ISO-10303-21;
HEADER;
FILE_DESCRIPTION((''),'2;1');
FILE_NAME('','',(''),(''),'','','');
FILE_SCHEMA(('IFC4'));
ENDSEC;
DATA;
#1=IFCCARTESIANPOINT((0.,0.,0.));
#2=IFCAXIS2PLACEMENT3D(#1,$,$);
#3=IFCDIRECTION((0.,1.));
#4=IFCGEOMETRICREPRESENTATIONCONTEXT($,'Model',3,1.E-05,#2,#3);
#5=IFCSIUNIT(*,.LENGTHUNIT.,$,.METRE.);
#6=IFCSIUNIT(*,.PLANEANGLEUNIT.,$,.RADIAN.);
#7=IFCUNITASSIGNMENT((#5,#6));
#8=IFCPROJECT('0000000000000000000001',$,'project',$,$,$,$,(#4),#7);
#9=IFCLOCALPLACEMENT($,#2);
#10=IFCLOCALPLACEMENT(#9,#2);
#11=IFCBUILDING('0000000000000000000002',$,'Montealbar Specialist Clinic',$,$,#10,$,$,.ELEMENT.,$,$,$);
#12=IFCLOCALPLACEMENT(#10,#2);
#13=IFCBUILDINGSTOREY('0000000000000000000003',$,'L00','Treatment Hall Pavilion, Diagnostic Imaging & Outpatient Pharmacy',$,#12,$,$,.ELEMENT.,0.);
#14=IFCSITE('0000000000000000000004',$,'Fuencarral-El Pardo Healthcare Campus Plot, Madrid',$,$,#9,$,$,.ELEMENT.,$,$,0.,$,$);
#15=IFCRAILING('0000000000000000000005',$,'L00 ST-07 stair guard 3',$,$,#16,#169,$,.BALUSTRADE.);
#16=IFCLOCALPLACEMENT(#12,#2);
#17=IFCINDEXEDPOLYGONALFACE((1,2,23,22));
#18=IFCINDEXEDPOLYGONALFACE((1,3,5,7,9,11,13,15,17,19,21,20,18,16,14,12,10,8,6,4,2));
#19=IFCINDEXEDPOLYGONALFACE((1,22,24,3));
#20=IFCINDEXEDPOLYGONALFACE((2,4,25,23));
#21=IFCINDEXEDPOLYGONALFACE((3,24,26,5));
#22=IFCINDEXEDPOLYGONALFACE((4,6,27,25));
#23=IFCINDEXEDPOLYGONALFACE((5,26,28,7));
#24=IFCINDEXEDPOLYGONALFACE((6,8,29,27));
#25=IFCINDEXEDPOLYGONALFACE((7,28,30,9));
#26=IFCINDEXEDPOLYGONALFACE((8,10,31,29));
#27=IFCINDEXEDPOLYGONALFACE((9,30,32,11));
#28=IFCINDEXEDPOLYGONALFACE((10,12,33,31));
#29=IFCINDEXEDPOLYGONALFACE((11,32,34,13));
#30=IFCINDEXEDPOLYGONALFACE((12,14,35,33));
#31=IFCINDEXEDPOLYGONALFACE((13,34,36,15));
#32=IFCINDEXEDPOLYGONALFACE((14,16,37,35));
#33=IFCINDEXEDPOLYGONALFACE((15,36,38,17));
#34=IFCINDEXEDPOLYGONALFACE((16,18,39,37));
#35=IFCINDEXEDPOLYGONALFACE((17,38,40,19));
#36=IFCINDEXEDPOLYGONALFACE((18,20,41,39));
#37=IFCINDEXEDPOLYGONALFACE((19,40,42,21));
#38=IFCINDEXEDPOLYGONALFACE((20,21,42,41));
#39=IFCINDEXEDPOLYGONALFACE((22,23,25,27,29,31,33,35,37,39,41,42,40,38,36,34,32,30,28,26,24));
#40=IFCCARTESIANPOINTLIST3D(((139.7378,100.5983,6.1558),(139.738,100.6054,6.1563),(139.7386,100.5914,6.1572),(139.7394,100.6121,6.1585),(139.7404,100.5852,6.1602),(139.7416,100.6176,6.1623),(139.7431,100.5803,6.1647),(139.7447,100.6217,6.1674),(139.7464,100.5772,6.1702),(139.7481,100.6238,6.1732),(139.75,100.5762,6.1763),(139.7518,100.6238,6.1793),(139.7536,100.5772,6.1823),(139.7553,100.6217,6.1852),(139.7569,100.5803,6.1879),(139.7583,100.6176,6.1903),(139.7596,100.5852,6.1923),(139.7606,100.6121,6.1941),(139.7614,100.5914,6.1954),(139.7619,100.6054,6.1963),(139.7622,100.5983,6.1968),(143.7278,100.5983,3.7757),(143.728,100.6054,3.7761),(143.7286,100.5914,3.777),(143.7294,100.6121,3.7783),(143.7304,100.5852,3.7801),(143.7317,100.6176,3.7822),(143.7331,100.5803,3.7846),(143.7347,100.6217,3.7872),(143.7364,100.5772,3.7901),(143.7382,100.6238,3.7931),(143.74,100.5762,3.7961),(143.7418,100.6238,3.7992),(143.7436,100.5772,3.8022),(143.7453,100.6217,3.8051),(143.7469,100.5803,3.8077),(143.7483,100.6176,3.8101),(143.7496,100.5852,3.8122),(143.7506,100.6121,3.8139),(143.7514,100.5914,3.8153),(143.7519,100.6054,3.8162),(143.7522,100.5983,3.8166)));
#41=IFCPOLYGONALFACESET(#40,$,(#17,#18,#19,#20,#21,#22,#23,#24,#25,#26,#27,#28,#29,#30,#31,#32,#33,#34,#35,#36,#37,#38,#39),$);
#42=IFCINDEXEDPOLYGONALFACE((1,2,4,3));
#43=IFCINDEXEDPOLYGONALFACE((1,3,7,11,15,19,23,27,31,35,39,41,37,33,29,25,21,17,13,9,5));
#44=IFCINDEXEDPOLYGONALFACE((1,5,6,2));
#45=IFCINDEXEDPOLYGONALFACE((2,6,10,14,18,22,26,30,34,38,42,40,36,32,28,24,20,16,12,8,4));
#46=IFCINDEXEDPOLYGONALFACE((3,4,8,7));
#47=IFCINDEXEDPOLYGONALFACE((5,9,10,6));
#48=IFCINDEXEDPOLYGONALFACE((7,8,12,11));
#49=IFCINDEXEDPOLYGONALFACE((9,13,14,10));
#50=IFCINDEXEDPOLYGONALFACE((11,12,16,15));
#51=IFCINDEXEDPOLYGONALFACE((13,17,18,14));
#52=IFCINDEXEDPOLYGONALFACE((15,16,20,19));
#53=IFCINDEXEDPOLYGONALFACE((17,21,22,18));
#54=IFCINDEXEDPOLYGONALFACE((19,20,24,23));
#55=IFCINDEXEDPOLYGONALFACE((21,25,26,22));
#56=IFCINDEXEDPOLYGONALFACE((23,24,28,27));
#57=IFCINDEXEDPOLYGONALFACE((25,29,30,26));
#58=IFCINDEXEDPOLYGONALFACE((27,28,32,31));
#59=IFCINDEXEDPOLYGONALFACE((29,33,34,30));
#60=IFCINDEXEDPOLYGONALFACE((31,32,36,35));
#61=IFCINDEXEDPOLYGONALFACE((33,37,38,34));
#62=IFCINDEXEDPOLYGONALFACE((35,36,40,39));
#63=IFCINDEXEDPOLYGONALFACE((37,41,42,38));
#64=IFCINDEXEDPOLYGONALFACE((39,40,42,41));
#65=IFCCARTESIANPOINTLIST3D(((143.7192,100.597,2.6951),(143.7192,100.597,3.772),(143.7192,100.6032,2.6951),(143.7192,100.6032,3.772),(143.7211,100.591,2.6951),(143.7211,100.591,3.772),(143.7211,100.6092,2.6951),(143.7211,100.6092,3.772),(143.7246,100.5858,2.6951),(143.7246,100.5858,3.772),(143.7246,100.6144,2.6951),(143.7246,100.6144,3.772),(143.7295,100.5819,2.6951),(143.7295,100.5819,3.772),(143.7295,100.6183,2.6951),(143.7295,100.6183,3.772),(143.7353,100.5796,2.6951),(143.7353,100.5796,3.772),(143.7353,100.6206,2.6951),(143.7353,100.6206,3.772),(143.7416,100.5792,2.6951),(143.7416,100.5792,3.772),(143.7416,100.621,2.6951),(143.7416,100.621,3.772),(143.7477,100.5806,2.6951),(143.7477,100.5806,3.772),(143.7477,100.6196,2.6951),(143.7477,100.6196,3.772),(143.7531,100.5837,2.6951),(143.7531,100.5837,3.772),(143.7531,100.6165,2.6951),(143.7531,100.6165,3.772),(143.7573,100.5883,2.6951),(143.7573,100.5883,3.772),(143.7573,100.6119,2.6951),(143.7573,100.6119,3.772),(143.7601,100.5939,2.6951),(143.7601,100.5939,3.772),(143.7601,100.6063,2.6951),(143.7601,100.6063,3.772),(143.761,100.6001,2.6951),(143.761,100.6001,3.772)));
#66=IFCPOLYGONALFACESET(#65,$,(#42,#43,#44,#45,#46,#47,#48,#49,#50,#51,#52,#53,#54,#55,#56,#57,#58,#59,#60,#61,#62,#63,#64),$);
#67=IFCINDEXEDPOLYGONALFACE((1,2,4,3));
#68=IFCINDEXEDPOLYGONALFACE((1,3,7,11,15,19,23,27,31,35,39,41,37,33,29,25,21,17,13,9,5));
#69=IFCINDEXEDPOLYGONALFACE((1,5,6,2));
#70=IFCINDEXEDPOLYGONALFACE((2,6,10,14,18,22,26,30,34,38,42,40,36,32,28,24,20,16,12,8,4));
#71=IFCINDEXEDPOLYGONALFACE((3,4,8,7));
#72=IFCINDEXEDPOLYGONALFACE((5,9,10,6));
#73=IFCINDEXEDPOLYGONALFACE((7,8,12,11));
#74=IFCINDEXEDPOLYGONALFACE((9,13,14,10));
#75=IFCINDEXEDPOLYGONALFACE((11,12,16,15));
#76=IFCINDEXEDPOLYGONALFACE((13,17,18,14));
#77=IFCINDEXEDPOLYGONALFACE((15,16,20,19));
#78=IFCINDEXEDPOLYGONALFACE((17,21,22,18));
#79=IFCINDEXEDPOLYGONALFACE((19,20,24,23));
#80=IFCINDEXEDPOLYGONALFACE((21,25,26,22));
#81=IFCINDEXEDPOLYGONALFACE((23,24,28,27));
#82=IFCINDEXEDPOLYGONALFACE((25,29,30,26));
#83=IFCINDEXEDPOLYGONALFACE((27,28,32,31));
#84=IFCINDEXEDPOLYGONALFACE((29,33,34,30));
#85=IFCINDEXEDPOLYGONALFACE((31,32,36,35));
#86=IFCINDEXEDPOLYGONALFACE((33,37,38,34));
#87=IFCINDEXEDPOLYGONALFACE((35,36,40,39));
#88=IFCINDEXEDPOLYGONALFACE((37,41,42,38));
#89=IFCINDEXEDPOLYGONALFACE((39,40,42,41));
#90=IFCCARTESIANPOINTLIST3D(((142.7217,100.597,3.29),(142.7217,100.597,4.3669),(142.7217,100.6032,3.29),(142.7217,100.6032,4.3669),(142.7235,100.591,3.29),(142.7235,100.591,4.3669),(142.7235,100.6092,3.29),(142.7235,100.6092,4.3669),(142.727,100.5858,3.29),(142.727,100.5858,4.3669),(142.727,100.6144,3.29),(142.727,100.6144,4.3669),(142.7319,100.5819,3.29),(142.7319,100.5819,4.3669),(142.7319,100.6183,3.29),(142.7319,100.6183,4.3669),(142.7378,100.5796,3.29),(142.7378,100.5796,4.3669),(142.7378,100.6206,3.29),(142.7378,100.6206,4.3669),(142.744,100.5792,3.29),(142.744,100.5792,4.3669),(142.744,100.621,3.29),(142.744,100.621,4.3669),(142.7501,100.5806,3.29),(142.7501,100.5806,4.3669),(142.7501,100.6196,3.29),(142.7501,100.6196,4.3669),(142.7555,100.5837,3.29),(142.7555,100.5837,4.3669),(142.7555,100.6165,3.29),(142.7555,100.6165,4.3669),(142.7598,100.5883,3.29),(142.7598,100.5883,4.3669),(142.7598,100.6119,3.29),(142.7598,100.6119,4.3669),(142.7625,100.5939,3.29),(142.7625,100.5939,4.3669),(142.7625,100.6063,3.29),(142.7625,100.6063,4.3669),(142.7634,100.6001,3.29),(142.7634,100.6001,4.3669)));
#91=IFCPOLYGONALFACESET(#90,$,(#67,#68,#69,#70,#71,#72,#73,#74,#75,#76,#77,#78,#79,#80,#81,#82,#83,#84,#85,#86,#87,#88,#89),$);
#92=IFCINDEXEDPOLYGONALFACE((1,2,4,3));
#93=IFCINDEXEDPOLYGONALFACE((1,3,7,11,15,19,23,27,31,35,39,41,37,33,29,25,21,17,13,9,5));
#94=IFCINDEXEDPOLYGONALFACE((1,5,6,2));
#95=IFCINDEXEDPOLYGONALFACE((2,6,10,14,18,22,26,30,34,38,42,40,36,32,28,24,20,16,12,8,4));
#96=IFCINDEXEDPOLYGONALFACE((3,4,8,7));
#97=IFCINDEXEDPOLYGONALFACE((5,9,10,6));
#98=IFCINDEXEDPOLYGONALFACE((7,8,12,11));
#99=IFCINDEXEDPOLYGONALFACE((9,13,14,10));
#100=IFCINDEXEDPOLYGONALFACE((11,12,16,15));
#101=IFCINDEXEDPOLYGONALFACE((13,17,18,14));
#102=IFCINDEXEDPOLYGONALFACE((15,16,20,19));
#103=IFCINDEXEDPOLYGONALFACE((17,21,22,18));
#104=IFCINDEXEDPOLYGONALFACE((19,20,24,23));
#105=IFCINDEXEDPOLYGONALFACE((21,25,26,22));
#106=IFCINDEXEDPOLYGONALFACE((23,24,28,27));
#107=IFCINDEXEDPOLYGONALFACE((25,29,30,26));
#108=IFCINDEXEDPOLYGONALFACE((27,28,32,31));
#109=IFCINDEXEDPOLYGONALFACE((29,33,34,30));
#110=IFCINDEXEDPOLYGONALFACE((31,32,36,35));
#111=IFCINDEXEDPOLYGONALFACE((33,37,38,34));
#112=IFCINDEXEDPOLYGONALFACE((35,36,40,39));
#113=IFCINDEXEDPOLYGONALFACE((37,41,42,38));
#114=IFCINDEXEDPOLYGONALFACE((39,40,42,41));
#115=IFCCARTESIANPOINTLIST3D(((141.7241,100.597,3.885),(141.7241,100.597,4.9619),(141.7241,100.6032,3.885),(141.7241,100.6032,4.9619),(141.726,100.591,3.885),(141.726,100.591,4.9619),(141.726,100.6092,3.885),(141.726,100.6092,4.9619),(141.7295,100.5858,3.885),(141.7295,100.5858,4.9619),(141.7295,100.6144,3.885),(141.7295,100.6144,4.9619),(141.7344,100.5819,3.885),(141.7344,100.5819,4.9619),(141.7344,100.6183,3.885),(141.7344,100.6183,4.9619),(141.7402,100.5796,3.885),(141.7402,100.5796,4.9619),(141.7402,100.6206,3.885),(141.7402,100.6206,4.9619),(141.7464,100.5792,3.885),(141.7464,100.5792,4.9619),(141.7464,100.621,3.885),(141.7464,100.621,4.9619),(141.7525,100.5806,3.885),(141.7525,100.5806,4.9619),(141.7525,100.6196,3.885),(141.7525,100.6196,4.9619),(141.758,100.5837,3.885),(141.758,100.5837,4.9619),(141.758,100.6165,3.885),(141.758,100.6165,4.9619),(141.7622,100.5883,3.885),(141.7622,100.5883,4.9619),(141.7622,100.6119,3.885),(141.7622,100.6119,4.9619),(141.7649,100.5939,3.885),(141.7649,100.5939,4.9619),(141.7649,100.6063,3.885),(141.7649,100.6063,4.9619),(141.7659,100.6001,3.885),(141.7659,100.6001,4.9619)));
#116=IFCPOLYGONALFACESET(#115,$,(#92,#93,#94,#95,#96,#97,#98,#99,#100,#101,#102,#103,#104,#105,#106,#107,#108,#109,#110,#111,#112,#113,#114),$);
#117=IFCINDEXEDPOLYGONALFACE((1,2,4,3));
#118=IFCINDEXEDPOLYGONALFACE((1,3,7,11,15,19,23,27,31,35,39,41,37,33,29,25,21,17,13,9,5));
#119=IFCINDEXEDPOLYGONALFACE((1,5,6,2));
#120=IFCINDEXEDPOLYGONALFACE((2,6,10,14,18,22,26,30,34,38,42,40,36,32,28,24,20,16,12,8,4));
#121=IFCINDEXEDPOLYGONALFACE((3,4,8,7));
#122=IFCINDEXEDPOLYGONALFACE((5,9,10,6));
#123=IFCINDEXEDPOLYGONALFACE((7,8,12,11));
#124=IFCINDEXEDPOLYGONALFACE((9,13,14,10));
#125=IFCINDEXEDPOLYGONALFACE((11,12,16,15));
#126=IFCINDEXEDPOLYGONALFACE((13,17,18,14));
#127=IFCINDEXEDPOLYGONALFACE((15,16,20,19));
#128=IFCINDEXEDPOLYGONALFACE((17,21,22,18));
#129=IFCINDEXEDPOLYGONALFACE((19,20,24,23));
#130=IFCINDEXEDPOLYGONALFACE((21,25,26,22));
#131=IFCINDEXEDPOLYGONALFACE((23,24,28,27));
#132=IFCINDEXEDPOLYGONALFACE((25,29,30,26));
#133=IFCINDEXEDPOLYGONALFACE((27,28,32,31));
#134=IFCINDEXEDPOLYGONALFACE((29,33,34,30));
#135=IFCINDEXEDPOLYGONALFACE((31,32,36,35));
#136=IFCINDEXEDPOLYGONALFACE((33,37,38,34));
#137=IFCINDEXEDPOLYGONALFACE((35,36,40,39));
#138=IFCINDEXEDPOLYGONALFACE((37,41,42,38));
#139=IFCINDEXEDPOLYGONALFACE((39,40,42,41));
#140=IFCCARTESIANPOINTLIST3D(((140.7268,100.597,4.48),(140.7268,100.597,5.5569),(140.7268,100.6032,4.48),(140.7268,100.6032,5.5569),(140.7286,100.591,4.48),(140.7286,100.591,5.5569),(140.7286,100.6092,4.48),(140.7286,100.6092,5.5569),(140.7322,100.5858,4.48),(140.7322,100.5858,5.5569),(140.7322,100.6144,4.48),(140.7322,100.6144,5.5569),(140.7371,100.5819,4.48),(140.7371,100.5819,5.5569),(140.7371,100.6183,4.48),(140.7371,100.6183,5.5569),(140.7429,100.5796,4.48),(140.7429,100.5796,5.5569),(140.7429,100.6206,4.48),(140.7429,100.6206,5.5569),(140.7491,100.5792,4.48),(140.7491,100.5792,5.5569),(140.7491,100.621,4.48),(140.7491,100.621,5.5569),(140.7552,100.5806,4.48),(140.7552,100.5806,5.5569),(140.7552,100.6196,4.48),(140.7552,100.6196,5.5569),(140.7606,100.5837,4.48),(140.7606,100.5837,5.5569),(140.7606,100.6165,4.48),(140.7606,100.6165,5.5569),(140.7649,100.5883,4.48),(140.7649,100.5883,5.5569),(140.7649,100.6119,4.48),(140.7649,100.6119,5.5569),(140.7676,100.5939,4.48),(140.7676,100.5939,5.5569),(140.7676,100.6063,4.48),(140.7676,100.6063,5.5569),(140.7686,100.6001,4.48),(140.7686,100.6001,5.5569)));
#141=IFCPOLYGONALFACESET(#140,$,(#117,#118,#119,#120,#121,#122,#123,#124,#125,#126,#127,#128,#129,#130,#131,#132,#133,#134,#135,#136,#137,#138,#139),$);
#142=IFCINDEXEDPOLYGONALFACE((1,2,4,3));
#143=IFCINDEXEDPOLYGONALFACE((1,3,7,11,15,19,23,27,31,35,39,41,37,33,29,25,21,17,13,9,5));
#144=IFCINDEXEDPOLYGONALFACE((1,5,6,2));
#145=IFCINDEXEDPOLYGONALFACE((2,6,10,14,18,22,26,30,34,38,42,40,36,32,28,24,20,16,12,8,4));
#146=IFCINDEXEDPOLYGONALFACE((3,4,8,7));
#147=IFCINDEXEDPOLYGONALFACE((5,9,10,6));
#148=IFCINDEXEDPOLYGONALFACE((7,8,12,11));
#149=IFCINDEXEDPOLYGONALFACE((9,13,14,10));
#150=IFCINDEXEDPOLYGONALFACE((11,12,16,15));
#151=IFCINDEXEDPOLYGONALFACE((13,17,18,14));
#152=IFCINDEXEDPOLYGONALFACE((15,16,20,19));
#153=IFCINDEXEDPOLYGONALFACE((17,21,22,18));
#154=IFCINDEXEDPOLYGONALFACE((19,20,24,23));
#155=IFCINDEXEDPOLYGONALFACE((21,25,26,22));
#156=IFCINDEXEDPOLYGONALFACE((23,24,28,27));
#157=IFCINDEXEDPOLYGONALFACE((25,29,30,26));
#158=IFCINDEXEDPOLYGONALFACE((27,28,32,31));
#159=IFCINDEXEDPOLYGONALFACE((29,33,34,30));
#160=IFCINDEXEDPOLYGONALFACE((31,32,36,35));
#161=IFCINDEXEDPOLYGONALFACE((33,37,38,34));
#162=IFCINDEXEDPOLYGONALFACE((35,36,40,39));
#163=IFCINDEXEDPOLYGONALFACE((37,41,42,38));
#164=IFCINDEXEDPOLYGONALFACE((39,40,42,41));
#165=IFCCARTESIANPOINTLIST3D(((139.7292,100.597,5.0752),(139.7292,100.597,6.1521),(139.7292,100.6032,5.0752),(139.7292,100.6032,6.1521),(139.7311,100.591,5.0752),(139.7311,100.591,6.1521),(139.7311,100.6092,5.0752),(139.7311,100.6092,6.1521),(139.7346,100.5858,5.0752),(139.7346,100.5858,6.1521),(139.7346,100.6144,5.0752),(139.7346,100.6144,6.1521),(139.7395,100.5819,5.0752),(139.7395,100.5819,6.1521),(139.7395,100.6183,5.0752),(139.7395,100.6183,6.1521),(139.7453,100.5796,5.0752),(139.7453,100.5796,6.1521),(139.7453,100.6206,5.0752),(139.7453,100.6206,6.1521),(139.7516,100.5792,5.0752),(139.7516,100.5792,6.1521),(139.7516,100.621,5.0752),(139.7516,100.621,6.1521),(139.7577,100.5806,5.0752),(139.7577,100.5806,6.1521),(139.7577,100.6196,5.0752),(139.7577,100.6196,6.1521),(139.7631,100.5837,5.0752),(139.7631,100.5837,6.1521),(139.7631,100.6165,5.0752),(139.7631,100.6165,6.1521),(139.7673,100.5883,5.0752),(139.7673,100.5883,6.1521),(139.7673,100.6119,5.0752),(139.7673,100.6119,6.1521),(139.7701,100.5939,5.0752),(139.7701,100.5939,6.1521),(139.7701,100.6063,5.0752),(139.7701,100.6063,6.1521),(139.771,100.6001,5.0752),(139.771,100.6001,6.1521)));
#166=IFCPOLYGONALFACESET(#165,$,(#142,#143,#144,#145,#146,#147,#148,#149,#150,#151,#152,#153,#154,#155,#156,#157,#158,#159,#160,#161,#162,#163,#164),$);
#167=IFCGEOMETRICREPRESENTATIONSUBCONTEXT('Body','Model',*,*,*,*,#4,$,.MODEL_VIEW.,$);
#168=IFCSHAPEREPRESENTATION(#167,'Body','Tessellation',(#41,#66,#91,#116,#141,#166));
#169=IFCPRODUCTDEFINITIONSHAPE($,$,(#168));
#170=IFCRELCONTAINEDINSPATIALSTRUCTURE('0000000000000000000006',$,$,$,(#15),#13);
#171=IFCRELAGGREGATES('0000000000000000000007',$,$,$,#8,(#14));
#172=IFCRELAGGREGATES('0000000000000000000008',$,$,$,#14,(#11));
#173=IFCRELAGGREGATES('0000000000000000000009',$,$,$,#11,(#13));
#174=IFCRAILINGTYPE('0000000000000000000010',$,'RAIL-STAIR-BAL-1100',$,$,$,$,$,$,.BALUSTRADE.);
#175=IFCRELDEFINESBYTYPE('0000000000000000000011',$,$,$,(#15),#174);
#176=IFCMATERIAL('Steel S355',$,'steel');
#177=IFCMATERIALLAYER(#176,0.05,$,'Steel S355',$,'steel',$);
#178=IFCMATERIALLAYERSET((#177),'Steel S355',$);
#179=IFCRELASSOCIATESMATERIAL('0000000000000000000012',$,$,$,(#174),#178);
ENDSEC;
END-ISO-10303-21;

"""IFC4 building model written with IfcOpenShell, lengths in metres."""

from ifc_helpers import new_model, si_unit, direction, frame, origin, origin_2d, place, context, subcontext, project, spatial, circle, extrude, material, layer, layer_set, type_object, element, save


model = new_model("IFC4")

# Units and contexts
model_context = context("Model", 3, precision=1e-05, world=origin(), true_north=direction((0.0, 1.0)))
body_context = subcontext(model_context, "Body", "Model", "MODEL_VIEW")
ifc_project = project(units=[si_unit("LENGTHUNIT", "METRE"), si_unit("PLANEANGLEUNIT", "RADIAN")], contexts=[model_context])

# Site, building, storey
site_placement = place(None, origin())
site = spatial("IfcSite", under=ifc_project, at=site_placement, Name="Fuencarral-El Pardo Healthcare Campus Plot, Madrid", CompositionType="ELEMENT", RefElevation=0.0)
building_placement = place(site_placement, origin())
building = spatial("IfcBuilding", under=site, at=building_placement, Name="Montealbar Specialist Clinic", CompositionType="ELEMENT")
storey_placement = place(building_placement, origin())
storey = spatial("IfcBuildingStorey", under=building, at=storey_placement, Name="L00", Description="Treatment Hall Pavilion, Diagnostic Imaging & Outpatient Pharmacy", CompositionType="ELEMENT", Elevation=0.0)

# Shared definitions
ifc_material_1 = material(Name="Steel S355", Category="steel")

# Railing
ifc_layer_1 = layer(ifc_material_1, 0.05, Name="Steel S355", Category="steel")
ifc_layer_set_1 = layer_set([ifc_layer_1], Name="Steel S355")
railing_type_1 = type_object("IfcRailingType", Name="RAIL-STAIR-BAL-1100", PredefinedType="BALUSTRADE", material=ifc_layer_set_1)
railing_1_placement = place(storey_placement, frame((143.74, 100.6001, 2.72)))
element("IfcRailing", 1, at=railing_1_placement, inside=storey, type_object=railing_type_1, Name="L00 ST-07 stair guard 3", PredefinedType="BALUSTRADE", context=body_context, shape_type="SweptSolid", body=[
    extrude(circle(Radius=0.0239, at=origin_2d()), frame((0.0, 0.0, 1.0762), z_axis=(-0.858807, 0.0, 0.512299), x_axis=(0.0, -1.0, 0.0)), (0.0, 0.0, 1.0), 4.646),
    extrude(circle(Radius=0.021, at=origin_2d()), frame((0.0, 0.0, -0.0249)), (0.0, 0.0, 1.0), 1.0769),
    extrude(circle(Radius=0.021, at=origin_2d()), frame((-0.9976, 0.0, 0.5701)), (0.0, 0.0, 1.0), 1.0769),
    extrude(circle(Radius=0.021, at=origin_2d()), frame((-1.9951, 0.0, 1.165)), (0.0, 0.0, 1.0), 1.0769),
    extrude(circle(Radius=0.021, at=origin_2d()), frame((-2.9924, 0.0, 1.76)), (0.0, 0.0, 1.0), 1.0769),
    extrude(circle(Radius=0.021, at=origin_2d()), frame((-3.99, 0.0, 2.3552)), (0.0, 0.0, 1.0), 1.0769),
])

save(model, "model.ifc")
